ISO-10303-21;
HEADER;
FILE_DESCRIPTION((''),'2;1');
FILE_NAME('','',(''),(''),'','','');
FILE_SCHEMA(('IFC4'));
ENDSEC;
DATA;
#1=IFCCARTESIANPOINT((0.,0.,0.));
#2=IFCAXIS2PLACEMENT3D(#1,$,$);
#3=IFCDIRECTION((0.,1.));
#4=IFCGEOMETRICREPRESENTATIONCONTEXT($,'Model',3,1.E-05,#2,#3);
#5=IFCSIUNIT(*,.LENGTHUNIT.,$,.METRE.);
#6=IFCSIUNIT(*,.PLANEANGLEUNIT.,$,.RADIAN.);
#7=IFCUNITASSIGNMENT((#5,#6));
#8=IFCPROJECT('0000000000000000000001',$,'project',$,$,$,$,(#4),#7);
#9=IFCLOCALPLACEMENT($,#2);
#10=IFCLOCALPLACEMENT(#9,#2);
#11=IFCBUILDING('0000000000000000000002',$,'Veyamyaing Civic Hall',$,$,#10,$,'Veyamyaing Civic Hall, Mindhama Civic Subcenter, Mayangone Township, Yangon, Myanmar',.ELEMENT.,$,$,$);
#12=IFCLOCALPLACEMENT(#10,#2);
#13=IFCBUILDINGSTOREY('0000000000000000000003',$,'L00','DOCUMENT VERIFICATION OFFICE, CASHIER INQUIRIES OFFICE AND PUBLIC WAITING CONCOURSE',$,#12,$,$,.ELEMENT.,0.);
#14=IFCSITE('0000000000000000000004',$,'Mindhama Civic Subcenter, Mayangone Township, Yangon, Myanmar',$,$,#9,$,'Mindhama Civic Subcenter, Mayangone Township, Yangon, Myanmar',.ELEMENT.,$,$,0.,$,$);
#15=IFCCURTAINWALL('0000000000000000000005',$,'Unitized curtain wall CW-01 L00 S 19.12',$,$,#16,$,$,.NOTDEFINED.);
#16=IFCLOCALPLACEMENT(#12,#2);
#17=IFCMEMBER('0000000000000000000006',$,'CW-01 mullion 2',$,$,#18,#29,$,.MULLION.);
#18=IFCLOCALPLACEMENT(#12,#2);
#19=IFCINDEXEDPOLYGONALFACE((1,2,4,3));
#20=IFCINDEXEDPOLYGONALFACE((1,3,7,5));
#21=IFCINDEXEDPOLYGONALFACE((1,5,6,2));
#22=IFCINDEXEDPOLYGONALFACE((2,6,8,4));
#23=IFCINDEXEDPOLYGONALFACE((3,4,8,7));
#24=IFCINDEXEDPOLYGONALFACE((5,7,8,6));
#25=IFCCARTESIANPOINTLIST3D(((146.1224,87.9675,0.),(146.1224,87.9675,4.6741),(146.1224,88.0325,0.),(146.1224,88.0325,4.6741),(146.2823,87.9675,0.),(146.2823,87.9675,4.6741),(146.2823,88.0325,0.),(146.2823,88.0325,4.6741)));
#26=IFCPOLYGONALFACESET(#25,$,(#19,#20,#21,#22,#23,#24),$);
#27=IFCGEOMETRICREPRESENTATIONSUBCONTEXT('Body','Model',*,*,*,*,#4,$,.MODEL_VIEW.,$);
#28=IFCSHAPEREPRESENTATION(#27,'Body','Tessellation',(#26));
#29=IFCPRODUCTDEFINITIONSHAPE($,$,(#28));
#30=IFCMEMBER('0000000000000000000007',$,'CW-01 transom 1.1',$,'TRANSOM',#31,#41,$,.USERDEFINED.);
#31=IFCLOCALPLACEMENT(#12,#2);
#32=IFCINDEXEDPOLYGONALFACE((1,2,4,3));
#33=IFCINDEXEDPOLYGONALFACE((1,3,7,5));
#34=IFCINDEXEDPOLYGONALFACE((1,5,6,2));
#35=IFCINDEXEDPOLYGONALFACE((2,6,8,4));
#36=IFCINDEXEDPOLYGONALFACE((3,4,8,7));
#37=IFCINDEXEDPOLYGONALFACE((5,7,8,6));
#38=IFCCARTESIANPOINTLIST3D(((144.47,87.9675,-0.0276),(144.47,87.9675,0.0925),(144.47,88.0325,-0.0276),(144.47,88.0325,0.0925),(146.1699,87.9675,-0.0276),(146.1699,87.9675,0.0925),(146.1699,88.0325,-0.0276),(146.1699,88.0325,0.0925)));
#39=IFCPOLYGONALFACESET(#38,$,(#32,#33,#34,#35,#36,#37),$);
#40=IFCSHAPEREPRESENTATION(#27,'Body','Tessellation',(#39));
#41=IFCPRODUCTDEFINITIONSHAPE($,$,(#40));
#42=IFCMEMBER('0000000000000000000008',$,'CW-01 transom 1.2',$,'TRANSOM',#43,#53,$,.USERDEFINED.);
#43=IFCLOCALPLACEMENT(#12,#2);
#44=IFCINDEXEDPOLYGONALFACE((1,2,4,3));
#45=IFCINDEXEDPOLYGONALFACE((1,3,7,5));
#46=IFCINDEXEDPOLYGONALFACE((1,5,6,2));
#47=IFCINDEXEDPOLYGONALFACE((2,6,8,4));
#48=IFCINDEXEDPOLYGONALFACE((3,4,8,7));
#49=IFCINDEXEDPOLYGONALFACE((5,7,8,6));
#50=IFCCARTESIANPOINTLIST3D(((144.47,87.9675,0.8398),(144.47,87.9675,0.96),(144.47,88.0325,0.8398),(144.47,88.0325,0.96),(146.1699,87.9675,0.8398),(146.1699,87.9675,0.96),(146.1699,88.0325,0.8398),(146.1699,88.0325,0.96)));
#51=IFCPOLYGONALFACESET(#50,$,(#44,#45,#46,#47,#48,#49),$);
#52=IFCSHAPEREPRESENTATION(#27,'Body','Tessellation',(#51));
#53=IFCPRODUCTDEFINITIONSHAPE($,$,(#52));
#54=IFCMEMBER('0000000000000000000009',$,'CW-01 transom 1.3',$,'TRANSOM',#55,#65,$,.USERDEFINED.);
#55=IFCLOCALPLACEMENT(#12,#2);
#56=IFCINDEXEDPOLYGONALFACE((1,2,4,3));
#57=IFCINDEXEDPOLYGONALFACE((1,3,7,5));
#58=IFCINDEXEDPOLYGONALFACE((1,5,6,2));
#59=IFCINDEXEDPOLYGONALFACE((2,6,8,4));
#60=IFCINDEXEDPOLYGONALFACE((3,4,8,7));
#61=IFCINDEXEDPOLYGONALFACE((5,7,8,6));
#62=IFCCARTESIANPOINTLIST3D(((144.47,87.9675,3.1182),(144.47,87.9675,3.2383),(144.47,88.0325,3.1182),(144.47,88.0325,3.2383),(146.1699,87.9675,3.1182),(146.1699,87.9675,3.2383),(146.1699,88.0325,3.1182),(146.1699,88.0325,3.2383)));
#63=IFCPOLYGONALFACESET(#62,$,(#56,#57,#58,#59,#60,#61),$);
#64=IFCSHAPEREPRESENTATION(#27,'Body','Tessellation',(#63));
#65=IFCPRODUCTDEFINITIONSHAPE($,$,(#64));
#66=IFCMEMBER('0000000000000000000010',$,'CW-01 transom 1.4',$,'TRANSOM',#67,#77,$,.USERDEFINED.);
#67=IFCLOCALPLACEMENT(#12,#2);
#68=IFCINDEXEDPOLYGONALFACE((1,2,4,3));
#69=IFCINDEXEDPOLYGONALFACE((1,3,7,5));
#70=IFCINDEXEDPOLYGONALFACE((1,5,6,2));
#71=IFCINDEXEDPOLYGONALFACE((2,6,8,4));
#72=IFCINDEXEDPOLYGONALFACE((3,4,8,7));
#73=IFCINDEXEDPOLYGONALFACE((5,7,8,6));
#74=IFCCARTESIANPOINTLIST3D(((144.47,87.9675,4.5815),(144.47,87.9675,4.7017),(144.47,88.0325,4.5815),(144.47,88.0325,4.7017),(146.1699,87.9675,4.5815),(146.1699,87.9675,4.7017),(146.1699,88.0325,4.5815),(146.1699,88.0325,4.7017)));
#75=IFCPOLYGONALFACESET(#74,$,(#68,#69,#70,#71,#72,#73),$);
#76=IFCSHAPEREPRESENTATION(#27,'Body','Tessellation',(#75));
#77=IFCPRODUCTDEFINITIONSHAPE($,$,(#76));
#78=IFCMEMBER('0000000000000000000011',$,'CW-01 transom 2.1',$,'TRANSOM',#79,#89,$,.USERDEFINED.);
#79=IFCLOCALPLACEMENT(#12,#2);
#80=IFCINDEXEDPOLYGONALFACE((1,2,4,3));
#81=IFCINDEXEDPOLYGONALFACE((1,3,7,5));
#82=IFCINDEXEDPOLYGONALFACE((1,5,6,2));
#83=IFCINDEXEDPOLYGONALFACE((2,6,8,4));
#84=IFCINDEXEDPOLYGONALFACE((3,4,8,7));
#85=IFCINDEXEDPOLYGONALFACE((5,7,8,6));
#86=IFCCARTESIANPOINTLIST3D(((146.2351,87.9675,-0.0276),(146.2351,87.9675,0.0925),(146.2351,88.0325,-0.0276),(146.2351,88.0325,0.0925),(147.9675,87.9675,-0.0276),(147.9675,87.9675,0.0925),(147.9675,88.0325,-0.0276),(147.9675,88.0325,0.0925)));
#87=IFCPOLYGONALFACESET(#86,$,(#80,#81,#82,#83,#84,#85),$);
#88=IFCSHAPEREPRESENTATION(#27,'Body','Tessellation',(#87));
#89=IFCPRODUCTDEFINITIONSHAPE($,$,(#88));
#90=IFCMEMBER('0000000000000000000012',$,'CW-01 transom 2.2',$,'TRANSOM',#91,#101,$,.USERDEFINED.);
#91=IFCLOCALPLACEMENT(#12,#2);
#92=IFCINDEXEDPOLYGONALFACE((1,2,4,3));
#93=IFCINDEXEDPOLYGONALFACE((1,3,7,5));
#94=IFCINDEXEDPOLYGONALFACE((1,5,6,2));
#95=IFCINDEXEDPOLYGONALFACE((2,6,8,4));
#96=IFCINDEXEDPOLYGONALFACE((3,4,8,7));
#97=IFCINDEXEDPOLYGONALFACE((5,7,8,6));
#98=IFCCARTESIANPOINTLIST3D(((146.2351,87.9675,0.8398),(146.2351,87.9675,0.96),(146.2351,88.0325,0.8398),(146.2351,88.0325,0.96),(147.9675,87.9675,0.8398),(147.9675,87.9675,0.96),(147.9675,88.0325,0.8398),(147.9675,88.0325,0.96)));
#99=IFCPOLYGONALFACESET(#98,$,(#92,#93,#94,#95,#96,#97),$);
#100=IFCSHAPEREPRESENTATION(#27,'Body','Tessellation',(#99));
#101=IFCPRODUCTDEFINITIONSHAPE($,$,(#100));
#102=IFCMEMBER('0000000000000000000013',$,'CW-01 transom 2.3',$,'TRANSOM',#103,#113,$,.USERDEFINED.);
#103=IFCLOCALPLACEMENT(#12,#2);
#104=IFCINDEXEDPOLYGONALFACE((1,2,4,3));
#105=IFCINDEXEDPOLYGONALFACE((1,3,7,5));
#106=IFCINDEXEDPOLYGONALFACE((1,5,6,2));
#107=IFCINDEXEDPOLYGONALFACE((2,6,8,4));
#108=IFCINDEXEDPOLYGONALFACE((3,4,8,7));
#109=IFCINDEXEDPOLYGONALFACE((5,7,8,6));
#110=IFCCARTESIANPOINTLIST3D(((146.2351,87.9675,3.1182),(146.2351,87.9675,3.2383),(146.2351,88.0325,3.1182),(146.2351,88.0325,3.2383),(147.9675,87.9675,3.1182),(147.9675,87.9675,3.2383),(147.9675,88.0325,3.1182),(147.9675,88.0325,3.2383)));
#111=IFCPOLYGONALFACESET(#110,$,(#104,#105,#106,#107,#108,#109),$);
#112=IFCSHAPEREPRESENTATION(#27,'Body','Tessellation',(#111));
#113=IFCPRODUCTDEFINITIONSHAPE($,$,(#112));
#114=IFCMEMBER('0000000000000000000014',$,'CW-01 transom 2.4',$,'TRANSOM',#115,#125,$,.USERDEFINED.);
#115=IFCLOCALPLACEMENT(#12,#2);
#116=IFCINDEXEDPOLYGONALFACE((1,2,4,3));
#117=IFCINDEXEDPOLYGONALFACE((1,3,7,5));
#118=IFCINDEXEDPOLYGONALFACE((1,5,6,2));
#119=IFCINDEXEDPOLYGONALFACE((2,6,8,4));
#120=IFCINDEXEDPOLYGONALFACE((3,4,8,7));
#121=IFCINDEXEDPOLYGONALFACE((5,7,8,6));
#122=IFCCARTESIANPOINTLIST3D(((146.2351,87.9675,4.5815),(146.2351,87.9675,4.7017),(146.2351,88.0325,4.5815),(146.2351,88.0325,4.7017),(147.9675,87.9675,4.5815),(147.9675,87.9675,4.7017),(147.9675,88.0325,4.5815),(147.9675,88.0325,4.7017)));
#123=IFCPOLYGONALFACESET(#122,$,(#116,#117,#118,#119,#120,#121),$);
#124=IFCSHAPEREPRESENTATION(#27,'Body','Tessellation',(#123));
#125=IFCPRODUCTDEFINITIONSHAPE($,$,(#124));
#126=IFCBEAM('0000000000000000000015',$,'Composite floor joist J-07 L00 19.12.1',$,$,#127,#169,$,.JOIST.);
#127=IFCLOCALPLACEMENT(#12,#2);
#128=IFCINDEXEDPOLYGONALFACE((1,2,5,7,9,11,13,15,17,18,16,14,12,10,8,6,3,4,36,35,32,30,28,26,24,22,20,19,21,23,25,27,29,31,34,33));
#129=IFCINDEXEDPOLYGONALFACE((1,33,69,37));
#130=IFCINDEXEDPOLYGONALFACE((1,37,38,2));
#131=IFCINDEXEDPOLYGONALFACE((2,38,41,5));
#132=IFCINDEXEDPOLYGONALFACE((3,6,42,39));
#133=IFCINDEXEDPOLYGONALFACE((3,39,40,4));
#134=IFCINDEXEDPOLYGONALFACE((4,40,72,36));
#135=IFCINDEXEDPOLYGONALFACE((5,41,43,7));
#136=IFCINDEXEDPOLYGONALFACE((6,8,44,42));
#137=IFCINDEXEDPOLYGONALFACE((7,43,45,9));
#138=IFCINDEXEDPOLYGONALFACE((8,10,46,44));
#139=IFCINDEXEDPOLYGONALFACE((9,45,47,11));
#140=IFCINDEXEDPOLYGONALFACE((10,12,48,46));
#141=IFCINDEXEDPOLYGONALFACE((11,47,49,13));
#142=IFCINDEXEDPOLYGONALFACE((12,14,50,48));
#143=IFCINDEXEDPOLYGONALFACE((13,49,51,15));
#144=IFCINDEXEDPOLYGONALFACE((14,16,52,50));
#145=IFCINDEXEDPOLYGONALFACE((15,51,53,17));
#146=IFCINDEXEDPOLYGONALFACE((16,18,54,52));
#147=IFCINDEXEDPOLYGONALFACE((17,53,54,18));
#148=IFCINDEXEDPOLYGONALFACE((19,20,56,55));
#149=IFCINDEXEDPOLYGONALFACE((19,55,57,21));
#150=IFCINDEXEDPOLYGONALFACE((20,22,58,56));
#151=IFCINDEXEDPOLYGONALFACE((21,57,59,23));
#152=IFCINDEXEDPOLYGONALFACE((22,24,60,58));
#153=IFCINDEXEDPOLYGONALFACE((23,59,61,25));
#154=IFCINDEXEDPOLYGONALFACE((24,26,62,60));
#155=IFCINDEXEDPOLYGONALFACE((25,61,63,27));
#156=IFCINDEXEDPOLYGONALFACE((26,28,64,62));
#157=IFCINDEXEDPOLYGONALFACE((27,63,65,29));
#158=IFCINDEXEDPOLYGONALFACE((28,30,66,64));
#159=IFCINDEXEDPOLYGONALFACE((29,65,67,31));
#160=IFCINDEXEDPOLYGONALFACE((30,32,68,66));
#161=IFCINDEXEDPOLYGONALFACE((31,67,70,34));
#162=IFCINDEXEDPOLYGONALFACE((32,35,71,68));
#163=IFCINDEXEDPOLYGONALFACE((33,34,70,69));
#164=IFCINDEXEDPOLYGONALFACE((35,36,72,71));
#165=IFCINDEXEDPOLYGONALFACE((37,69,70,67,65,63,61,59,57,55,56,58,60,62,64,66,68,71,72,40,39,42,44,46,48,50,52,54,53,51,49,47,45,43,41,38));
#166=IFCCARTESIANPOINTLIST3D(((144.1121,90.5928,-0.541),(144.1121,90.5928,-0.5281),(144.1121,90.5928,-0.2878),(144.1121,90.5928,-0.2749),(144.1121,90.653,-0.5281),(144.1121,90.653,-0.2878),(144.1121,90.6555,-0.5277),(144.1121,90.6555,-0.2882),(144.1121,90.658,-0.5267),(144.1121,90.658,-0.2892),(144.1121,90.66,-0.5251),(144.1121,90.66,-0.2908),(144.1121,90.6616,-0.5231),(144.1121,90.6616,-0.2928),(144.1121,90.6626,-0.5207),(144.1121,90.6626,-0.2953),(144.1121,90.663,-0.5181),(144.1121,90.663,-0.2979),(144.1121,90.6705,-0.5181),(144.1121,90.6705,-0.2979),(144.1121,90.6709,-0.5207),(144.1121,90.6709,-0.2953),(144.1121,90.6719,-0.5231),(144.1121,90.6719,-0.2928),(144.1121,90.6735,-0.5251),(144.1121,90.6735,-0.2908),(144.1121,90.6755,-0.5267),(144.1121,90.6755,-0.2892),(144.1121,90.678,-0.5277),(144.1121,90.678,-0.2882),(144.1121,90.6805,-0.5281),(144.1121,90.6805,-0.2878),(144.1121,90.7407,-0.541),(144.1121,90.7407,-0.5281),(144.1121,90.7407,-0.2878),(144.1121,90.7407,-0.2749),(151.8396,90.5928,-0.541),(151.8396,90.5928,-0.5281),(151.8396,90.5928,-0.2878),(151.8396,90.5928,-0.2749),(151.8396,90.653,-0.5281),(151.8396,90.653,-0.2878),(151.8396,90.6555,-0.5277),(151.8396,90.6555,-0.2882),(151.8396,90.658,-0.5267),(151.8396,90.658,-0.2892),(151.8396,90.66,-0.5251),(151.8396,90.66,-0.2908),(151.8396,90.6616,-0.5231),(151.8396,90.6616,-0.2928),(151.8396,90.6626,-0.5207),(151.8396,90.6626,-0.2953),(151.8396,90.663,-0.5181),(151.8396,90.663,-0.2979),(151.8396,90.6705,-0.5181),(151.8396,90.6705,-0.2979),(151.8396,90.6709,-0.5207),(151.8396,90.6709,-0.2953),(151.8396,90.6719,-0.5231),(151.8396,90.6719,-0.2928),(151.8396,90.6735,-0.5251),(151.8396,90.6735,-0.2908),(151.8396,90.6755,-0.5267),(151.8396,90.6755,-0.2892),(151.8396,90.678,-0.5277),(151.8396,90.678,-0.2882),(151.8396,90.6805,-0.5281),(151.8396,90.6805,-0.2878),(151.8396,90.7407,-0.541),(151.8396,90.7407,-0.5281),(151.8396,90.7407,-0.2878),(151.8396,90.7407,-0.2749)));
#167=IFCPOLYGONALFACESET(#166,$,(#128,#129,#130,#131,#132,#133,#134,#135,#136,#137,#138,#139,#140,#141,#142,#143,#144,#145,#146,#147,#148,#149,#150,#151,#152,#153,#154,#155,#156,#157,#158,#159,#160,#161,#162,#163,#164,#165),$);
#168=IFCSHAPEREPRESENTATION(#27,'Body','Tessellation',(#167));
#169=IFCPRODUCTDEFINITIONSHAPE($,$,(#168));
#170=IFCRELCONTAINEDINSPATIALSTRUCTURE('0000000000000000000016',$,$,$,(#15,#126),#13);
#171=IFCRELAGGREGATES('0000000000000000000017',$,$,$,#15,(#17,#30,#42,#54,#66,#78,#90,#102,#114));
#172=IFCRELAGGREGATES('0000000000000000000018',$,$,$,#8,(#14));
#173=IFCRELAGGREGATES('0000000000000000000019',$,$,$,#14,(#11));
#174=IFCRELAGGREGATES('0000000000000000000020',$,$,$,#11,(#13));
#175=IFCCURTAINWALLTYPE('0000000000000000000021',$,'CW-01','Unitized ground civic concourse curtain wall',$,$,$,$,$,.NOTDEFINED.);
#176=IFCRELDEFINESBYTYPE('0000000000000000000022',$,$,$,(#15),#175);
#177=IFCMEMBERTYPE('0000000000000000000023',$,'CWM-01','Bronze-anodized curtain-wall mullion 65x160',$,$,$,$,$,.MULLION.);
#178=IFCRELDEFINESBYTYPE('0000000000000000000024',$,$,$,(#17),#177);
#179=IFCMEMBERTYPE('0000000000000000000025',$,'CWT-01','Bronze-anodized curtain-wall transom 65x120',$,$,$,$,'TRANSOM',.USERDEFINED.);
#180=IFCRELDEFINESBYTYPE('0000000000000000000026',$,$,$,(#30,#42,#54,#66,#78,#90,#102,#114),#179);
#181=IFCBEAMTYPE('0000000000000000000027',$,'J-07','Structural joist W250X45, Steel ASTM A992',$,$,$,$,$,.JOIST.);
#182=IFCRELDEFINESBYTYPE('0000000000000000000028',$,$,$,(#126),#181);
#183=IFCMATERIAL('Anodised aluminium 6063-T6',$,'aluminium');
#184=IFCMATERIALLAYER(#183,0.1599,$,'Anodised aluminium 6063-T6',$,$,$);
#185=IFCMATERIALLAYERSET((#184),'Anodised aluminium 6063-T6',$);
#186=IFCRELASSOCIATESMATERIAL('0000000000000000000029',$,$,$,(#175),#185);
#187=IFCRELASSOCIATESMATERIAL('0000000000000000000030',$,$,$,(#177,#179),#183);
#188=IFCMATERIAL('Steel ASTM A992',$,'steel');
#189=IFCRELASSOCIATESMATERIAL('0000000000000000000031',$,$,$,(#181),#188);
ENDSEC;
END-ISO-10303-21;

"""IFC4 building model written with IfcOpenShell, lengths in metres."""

from ifc_helpers import new_model, si_unit, direction, frame, origin, origin_2d, place, context, subcontext, project, spatial, rectangle, i_section, extrude, material, layer, layer_set, material_profile, profile_set, type_object, element, aggregate, save


model = new_model("IFC4")

# Units and contexts
model_context = context("Model", 3, precision=1e-05, world=origin(), true_north=direction((0.0, 1.0)))
body_context = subcontext(model_context, "Body", "Model", "MODEL_VIEW")
ifc_project = project(units=[si_unit("LENGTHUNIT", "METRE"), si_unit("PLANEANGLEUNIT", "RADIAN")], contexts=[model_context])

# Site, building, storey
site_placement = place(None, origin())
site = spatial("IfcSite", under=ifc_project, at=site_placement, Name="Mindhama Civic Subcenter, Mayangone Township, Yangon, Myanmar", LongName="Mindhama Civic Subcenter, Mayangone Township, Yangon, Myanmar", CompositionType="ELEMENT", RefElevation=0.0)
building_placement = place(site_placement, origin())
building = spatial("IfcBuilding", under=site, at=building_placement, Name="Veyamyaing Civic Hall", LongName="Veyamyaing Civic Hall, Mindhama Civic Subcenter, Mayangone Township, Yangon, Myanmar", CompositionType="ELEMENT")
storey_placement = place(building_placement, origin())
storey = spatial("IfcBuildingStorey", under=building, at=storey_placement, Name="L00", Description="DOCUMENT VERIFICATION OFFICE, CASHIER INQUIRIES OFFICE AND PUBLIC WAITING CONCOURSE", CompositionType="ELEMENT", Elevation=0.0)

# Shared definitions
ifc_material_1 = material(Name="Steel ASTM A992", Category="steel")

# Curtain wall, members
ifc_material_2 = material(Name="Anodised aluminium 6063-T6", Category="aluminium")
ifc_layer_1 = layer(ifc_material_2, 0.1599, Name="Anodised aluminium 6063-T6")
ifc_layer_set_1 = layer_set([ifc_layer_1], Name="Anodised aluminium 6063-T6")
curtain_wall_type = type_object("IfcCurtainWallType", Name="CW-01", Description="Unitized ground civic concourse curtain wall", PredefinedType="NOTDEFINED", material=ifc_layer_set_1)
curtain_wall_placement = place(storey_placement, origin())
curtain_wall = element("IfcCurtainWall", 1, at=curtain_wall_placement, inside=storey, type_object=curtain_wall_type, Name="Unitized curtain wall CW-01 L00 S 19.12", PredefinedType="NOTDEFINED")
ifc_material_profile_1 = material_profile(ifc_material_2, rectangle(XDim=0.0649, YDim=0.1599, at=origin_2d()), Name="ALU-MUL-65X160")
ifc_profile_set_1 = profile_set([ifc_material_profile_1], Name="Anodised aluminium 6063-T6")
member_type_1 = type_object("IfcMemberType", Name="CWM-01", Description="Bronze-anodized curtain-wall mullion 65x160", PredefinedType="MULLION", material=ifc_profile_set_1)
member_1_placement = place(storey_placement, frame((146.2024, 88.0, 0.0), z_axis=(0.0, 0.0, 1.0), x_axis=(0.0, 1.0, 0.0)))
member_1 = element("IfcMember", 2, at=member_1_placement, type_object=member_type_1, Name="CW-01 mullion 2", PredefinedType="MULLION", context=body_context, shape_type="SweptSolid", body=[
    extrude(rectangle(XDim=0.0649, YDim=0.1599, at=origin_2d()), origin(), (0.0, 0.0, 1.0), 4.6741),
])
ifc_material_profile_2 = material_profile(ifc_material_2, rectangle(XDim=0.0649, YDim=0.1201, at=origin_2d()), Name="ALU-TRN-65X120")
ifc_profile_set_2 = profile_set([ifc_material_profile_2], Name="Anodised aluminium 6063-T6")
member_type_2 = type_object("IfcMemberType", Name="CWT-01", Description="Bronze-anodized curtain-wall transom 65x120", ElementType="TRANSOM", PredefinedType="USERDEFINED", material=ifc_profile_set_2)
member_2_placement = place(storey_placement, frame((144.47, 88.0, 0.0325), z_axis=(1.0, 0.0, 0.0), x_axis=(0.0, 1.0, 0.0)))
member_2 = element("IfcMember", 3, at=member_2_placement, type_object=member_type_2, Name="CW-01 transom 1.1", ObjectType="TRANSOM", PredefinedType="USERDEFINED", context=body_context, shape_type="SweptSolid", body=[
    extrude(rectangle(XDim=0.0649, YDim=0.1201, at=origin_2d()), origin(), (0.0, 0.0, 1.0), 1.7),
])
member_3_placement = place(storey_placement, frame((144.47, 88.0, 0.8999), z_axis=(1.0, 0.0, 0.0), x_axis=(0.0, 1.0, 0.0)))
member_3 = element("IfcMember", 4, at=member_3_placement, type_object=member_type_2, Name="CW-01 transom 1.2", ObjectType="TRANSOM", PredefinedType="USERDEFINED", context=body_context, shape_type="SweptSolid", body=[
    extrude(rectangle(XDim=0.0649, YDim=0.1201, at=origin_2d()), origin(), (0.0, 0.0, 1.0), 1.7),
])
member_4_placement = place(storey_placement, frame((144.47, 88.0, 3.1782), z_axis=(1.0, 0.0, 0.0), x_axis=(0.0, 1.0, 0.0)))
member_4 = element("IfcMember", 5, at=member_4_placement, type_object=member_type_2, Name="CW-01 transom 1.3", ObjectType="TRANSOM", PredefinedType="USERDEFINED", context=body_context, shape_type="SweptSolid", body=[
    extrude(rectangle(XDim=0.0649, YDim=0.1201, at=origin_2d()), origin(), (0.0, 0.0, 1.0), 1.7),
])
member_5_placement = place(storey_placement, frame((144.47, 88.0, 4.6416), z_axis=(1.0, 0.0, 0.0), x_axis=(0.0, 1.0, 0.0)))
member_5 = element("IfcMember", 6, at=member_5_placement, type_object=member_type_2, Name="CW-01 transom 1.4", ObjectType="TRANSOM", PredefinedType="USERDEFINED", context=body_context, shape_type="SweptSolid", body=[
    extrude(rectangle(XDim=0.0649, YDim=0.1201, at=origin_2d()), origin(), (0.0, 0.0, 1.0), 1.7),
])
member_6_placement = place(storey_placement, frame((146.2351, 88.0, 0.0325), z_axis=(1.0, 0.0, 0.0), x_axis=(0.0, 1.0, 0.0)))
member_6 = element("IfcMember", 7, at=member_6_placement, type_object=member_type_2, Name="CW-01 transom 2.1", ObjectType="TRANSOM", PredefinedType="USERDEFINED", context=body_context, shape_type="SweptSolid", body=[
    extrude(rectangle(XDim=0.0649, YDim=0.1201, at=origin_2d()), origin(), (0.0, 0.0, 1.0), 1.7324),
])
member_7_placement = place(storey_placement, frame((146.2351, 88.0, 0.8999), z_axis=(1.0, 0.0, 0.0), x_axis=(0.0, 1.0, 0.0)))
member_7 = element("IfcMember", 8, at=member_7_placement, type_object=member_type_2, Name="CW-01 transom 2.2", ObjectType="TRANSOM", PredefinedType="USERDEFINED", context=body_context, shape_type="SweptSolid", body=[
    extrude(rectangle(XDim=0.0649, YDim=0.1201, at=origin_2d()), origin(), (0.0, 0.0, 1.0), 1.7324),
])
member_8_placement = place(storey_placement, frame((146.2351, 88.0, 3.1782), z_axis=(1.0, 0.0, 0.0), x_axis=(0.0, 1.0, 0.0)))
member_8 = element("IfcMember", 9, at=member_8_placement, type_object=member_type_2, Name="CW-01 transom 2.3", ObjectType="TRANSOM", PredefinedType="USERDEFINED", context=body_context, shape_type="SweptSolid", body=[
    extrude(rectangle(XDim=0.0649, YDim=0.1201, at=origin_2d()), origin(), (0.0, 0.0, 1.0), 1.7324),
])
member_9_placement = place(storey_placement, frame((146.2351, 88.0, 4.6416), z_axis=(1.0, 0.0, 0.0), x_axis=(0.0, 1.0, 0.0)))
member_9 = element("IfcMember", 10, at=member_9_placement, type_object=member_type_2, Name="CW-01 transom 2.4", ObjectType="TRANSOM", PredefinedType="USERDEFINED", context=body_context, shape_type="SweptSolid", body=[
    extrude(rectangle(XDim=0.0649, YDim=0.1201, at=origin_2d()), origin(), (0.0, 0.0, 1.0), 1.7324),
])

# Beam
ifc_material_profile_3 = material_profile(ifc_material_1, i_section(OverallWidth=0.1479, OverallDepth=0.2661, WebThickness=0.0076, FlangeThickness=0.0129, FilletRadius=0.01, at=origin_2d()), Name="W250X45")
ifc_profile_set_3 = profile_set([ifc_material_profile_3], Name="Steel ASTM A992")
beam_type_1 = type_object("IfcBeamType", Name="J-07", Description="Structural joist W250X45, Steel ASTM A992", PredefinedType="JOIST", material=ifc_profile_set_3)
for number, where, z_axis, x_axis, name in (
    (11, (144.1121, 90.6667, -0.408), (1.0, 0.0, 0.0), (0.0, 1.0, 0.0), "Composite floor joist J-07 L00 19.12.1"),
):
    element("IfcBeam", number, at=place(storey_placement, frame(where, z_axis=z_axis, x_axis=x_axis)), inside=storey, type_object=beam_type_1, Name=name, PredefinedType="JOIST", context=body_context, shape_type="SweptSolid", body=[
        extrude(i_section(OverallWidth=0.1479, OverallDepth=0.2661, WebThickness=0.0076, FlangeThickness=0.0129, FilletRadius=0.01, at=origin_2d()), origin(), (0.0, 0.0, 1.0), 7.7275),
    ])

aggregate(curtain_wall, [member_1, member_2, member_3, member_4, member_5, member_6, member_7, member_8, member_9])

save(model, "model.ifc")
